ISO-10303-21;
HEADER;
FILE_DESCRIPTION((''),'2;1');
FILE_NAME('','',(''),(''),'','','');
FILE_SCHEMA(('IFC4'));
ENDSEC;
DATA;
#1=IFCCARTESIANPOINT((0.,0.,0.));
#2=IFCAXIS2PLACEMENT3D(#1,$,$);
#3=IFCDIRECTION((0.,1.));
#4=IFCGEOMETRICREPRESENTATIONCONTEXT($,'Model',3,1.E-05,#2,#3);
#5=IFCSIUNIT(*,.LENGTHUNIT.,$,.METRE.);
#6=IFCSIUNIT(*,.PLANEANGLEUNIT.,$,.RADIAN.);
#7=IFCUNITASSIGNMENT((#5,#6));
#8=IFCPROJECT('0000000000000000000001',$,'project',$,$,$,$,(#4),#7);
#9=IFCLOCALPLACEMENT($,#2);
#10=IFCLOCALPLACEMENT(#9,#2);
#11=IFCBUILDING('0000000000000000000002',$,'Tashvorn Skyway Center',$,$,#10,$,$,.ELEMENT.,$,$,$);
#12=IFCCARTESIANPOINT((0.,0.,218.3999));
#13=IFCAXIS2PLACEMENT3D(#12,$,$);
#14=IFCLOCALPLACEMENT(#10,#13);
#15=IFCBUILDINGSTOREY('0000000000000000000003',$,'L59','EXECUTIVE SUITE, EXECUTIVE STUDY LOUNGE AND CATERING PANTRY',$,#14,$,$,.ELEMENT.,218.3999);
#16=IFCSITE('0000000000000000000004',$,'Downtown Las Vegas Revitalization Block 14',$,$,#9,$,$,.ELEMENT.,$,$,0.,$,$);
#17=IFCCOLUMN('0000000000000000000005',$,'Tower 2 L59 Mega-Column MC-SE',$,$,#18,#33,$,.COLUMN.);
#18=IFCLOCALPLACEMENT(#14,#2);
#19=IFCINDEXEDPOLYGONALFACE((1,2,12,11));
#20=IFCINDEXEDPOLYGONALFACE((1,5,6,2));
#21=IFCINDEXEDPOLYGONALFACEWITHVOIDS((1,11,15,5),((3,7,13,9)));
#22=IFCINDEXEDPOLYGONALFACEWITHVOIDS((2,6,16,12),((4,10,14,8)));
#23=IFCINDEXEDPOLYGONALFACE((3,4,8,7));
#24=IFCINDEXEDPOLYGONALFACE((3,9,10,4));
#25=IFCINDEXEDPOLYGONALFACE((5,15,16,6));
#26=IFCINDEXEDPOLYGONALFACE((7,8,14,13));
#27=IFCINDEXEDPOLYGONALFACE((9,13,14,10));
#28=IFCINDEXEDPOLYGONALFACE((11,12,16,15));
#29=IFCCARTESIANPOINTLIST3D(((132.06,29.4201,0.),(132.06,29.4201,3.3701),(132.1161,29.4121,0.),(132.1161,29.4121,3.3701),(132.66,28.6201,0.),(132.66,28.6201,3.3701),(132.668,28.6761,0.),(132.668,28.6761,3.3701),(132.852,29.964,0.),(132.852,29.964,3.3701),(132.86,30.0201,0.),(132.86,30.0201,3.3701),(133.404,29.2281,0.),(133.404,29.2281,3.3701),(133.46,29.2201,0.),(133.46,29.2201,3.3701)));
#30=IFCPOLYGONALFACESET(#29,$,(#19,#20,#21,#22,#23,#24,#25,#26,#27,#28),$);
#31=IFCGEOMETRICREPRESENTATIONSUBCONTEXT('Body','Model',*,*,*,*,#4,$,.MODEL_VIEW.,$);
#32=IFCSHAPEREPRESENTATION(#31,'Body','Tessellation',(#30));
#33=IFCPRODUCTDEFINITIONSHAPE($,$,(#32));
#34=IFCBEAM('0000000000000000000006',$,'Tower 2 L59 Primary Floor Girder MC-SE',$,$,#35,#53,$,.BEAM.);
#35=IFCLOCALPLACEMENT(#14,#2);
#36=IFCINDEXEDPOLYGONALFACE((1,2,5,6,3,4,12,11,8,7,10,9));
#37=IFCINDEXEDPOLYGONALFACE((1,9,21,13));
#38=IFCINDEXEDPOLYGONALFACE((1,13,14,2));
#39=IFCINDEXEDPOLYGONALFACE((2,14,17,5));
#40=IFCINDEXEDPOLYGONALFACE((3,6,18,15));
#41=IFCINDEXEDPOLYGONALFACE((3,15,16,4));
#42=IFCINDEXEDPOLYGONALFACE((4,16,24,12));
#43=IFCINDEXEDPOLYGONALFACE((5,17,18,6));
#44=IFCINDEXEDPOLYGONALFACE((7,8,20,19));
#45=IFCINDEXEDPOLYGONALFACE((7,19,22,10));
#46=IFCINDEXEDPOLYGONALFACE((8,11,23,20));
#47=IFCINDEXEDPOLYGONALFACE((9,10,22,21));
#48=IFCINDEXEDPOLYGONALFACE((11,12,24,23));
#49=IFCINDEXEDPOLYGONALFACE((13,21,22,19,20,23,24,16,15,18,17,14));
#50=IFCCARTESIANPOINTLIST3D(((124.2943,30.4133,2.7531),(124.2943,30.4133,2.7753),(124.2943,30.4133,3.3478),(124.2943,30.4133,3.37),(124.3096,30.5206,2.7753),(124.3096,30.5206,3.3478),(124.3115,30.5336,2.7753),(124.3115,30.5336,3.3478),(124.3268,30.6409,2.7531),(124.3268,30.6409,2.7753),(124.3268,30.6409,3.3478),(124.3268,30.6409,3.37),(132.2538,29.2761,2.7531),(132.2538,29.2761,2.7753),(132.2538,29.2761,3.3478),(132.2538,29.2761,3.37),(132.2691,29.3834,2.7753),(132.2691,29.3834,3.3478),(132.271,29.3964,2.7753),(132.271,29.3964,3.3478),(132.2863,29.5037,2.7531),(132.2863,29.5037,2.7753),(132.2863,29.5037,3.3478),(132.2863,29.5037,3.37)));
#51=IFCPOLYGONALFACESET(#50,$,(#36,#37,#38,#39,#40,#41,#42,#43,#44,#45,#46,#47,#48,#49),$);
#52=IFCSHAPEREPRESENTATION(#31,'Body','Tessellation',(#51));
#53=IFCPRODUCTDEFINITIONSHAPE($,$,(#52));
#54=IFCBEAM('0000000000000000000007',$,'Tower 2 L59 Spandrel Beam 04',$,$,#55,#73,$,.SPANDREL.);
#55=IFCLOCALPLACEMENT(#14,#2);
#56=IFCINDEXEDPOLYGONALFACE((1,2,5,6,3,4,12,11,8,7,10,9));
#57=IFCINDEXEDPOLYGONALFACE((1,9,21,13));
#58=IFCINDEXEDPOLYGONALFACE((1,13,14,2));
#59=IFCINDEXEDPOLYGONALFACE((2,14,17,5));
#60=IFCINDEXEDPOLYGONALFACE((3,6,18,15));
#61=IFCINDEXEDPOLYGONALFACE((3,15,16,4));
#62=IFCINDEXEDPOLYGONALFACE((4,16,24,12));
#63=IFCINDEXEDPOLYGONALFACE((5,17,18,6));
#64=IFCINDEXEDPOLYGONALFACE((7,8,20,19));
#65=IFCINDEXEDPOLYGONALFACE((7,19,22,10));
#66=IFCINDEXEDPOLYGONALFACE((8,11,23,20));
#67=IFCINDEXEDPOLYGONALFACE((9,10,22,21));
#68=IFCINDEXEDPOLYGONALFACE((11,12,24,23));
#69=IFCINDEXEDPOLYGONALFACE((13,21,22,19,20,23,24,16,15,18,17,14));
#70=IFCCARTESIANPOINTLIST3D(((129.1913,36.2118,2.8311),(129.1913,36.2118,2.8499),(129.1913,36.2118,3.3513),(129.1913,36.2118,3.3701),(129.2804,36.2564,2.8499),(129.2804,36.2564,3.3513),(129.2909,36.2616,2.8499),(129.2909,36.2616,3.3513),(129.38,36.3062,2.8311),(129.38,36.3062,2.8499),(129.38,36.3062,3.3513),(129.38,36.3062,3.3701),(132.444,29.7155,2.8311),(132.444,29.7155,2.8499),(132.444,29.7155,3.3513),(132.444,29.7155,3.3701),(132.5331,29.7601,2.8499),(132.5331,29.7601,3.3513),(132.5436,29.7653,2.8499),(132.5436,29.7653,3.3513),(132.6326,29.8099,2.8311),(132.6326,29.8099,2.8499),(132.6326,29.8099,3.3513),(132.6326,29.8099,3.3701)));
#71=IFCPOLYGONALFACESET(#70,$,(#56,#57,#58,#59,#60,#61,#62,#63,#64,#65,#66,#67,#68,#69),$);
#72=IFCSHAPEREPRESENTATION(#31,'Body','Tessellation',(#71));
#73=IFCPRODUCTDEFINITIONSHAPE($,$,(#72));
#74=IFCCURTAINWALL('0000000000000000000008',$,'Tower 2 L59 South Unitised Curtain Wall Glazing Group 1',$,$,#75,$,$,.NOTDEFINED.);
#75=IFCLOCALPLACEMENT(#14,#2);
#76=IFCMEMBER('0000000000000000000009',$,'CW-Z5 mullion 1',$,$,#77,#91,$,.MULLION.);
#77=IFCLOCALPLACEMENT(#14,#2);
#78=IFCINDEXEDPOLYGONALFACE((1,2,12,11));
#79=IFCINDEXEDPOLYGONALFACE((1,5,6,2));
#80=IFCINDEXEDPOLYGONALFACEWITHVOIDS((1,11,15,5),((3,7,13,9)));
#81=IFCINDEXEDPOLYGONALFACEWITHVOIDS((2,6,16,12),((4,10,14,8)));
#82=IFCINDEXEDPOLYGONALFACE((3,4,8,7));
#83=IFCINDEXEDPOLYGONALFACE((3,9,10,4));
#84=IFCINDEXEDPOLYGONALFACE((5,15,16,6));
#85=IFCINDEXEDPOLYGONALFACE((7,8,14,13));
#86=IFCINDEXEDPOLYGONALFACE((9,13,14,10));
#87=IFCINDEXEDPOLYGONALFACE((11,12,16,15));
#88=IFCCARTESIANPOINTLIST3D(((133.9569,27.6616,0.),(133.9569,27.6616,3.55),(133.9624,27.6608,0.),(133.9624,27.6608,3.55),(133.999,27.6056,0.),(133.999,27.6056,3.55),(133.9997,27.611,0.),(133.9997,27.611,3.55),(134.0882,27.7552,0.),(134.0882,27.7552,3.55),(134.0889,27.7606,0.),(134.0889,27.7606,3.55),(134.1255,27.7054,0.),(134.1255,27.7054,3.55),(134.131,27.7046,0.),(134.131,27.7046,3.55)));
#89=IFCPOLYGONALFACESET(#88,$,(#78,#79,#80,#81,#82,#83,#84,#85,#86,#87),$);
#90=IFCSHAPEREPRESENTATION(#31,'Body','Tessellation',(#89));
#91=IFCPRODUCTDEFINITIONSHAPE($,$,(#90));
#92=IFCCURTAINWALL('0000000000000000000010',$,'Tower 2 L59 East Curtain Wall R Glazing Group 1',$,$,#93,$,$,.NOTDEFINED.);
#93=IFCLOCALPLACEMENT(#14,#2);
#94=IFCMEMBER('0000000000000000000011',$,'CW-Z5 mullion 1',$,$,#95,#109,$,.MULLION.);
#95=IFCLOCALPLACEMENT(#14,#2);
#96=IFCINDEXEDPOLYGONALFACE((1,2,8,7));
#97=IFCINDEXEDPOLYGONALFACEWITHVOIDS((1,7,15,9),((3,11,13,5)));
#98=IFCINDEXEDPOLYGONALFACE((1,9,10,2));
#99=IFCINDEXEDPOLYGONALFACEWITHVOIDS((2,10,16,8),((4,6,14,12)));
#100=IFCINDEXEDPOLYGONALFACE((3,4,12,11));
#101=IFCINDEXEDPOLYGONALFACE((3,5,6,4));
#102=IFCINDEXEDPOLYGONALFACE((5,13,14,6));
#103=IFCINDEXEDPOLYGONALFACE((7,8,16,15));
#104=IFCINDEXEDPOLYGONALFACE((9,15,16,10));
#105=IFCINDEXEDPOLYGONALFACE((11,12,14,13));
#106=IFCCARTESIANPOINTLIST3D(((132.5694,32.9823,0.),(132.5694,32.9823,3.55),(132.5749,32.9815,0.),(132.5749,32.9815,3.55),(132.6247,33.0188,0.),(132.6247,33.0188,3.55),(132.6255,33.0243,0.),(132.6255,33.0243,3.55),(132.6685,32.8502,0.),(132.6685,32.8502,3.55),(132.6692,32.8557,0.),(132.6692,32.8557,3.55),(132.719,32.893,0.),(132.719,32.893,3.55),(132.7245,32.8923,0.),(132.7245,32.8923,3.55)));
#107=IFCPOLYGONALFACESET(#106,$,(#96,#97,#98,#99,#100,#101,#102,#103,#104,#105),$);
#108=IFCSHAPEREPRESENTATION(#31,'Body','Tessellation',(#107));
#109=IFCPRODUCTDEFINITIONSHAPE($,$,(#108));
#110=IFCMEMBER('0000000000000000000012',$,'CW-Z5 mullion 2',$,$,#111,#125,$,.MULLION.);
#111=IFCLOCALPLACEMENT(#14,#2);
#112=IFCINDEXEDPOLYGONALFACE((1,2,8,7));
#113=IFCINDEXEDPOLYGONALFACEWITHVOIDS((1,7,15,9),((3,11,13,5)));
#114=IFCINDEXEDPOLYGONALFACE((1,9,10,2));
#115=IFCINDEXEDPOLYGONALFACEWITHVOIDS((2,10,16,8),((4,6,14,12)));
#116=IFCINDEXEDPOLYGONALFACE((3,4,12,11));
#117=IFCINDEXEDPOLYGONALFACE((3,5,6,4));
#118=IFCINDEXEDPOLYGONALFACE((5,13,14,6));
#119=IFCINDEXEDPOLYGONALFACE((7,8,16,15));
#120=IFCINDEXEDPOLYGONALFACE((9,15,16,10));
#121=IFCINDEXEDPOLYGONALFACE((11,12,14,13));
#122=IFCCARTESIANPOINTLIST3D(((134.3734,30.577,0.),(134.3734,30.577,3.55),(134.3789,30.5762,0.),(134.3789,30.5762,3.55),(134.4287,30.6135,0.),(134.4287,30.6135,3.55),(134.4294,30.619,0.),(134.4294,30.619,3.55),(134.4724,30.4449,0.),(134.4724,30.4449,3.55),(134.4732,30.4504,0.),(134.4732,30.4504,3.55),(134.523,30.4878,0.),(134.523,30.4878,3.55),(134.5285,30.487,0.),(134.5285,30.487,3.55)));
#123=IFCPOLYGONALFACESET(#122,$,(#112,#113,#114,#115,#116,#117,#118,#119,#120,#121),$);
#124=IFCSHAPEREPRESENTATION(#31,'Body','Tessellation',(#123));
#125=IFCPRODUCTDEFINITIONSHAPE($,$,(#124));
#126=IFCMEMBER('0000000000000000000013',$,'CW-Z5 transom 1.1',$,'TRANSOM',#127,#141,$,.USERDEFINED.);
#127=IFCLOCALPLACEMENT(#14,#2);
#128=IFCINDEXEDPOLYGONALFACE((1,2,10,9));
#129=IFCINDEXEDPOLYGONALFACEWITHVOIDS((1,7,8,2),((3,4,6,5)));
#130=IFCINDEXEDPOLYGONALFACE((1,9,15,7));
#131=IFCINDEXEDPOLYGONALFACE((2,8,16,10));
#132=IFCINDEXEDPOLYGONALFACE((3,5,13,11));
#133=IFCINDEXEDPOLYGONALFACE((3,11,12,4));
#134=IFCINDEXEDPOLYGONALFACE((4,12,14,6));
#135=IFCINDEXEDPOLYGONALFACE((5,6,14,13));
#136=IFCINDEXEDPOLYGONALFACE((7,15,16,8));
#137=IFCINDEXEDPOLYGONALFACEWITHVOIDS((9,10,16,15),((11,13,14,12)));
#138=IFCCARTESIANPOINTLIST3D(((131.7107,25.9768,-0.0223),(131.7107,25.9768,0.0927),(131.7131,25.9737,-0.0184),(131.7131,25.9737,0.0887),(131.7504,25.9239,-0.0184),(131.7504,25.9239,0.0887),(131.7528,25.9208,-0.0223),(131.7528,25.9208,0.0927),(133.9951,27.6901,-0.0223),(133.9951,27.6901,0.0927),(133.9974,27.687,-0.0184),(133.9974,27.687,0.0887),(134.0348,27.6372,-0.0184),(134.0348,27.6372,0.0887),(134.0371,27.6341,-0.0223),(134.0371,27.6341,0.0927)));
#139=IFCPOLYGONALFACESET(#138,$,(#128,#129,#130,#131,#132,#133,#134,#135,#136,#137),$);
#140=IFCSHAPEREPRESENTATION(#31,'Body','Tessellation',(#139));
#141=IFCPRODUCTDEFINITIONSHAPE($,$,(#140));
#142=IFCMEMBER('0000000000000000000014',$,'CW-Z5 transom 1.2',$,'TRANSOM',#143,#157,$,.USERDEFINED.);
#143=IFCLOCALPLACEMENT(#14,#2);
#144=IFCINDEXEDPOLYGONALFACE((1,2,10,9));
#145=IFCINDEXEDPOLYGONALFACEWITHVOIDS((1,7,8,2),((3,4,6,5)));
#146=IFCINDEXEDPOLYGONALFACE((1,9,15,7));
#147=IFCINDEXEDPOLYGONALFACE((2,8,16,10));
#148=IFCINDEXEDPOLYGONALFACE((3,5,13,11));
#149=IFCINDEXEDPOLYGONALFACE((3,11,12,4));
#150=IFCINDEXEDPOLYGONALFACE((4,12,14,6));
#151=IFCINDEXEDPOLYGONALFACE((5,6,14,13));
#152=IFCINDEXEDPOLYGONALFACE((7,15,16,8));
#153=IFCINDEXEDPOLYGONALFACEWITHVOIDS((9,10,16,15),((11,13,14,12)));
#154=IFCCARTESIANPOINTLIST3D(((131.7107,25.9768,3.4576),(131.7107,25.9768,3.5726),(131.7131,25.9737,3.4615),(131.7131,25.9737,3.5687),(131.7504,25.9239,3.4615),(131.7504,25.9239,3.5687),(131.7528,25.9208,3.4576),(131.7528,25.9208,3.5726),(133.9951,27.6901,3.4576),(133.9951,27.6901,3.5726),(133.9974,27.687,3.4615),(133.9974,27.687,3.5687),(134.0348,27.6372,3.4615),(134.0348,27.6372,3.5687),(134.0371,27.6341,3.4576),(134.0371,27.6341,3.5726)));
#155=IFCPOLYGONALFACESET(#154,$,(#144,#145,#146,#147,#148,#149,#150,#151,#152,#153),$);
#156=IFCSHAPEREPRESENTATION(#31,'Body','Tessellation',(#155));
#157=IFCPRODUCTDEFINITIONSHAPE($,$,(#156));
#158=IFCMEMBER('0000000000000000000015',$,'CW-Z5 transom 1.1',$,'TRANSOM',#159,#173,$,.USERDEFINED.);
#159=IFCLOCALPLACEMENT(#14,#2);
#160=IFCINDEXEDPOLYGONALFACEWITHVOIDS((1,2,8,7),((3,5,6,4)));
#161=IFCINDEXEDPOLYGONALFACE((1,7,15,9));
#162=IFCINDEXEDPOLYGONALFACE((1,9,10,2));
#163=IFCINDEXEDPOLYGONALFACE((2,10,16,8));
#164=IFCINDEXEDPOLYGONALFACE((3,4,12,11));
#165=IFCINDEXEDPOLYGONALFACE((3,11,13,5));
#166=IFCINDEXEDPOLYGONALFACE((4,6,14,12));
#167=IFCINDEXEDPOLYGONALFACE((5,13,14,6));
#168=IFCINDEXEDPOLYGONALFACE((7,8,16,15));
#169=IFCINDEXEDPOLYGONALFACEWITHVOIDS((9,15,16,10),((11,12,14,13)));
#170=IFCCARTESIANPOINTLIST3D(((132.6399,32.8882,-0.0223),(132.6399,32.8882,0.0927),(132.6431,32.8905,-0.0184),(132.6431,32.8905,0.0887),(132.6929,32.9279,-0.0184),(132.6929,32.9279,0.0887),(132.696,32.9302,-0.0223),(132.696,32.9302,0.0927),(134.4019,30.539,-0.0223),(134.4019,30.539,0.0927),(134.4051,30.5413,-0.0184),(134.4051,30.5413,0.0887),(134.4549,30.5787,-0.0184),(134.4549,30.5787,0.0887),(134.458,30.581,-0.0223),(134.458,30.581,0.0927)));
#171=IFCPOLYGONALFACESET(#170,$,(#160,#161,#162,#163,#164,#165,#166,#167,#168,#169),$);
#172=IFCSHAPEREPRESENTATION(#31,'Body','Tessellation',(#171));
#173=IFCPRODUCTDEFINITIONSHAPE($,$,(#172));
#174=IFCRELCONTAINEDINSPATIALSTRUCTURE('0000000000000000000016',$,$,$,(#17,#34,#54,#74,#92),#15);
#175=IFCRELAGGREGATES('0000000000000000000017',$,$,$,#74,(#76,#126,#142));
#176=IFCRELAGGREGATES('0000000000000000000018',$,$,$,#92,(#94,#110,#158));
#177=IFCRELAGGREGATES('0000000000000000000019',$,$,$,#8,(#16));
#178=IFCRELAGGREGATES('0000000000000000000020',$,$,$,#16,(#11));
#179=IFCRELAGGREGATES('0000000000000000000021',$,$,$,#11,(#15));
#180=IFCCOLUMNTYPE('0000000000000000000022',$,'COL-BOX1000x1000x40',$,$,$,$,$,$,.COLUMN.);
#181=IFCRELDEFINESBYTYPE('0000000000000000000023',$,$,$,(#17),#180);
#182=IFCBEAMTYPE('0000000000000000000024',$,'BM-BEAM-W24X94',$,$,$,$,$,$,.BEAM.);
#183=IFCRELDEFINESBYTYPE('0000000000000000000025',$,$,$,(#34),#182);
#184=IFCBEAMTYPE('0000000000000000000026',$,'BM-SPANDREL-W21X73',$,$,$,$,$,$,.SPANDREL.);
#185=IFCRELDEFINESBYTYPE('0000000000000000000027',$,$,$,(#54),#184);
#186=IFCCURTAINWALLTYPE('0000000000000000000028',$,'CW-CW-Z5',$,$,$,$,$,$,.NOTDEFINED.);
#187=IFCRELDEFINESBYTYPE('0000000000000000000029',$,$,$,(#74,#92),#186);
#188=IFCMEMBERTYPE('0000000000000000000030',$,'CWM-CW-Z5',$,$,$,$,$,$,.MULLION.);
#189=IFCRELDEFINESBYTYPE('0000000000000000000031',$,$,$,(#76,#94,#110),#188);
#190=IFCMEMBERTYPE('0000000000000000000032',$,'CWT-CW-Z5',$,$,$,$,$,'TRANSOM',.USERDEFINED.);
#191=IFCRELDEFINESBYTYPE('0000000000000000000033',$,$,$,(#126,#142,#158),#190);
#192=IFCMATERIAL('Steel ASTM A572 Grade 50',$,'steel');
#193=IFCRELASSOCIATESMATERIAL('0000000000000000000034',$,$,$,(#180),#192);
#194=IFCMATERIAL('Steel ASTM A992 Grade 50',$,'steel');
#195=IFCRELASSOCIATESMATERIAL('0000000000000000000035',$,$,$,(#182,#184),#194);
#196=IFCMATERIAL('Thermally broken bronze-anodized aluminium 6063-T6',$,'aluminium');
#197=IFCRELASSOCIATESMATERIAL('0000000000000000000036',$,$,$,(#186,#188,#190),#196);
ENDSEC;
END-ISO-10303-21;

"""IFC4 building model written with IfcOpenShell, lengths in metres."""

from ifc_helpers import new_model, si_unit, direction, frame, origin, origin_2d, place, context, subcontext, project, spatial, hollow_rectangle, i_section, extrude, material, material_profile, profile_set, type_object, element, aggregate, save


model = new_model("IFC4")

# Units and contexts
model_context = context("Model", 3, precision=1e-05, world=origin(), true_north=direction((0.0, 1.0)))
body_context = subcontext(model_context, "Body", "Model", "MODEL_VIEW")
ifc_project = project(units=[si_unit("LENGTHUNIT", "METRE"), si_unit("PLANEANGLEUNIT", "RADIAN")], contexts=[model_context])

# Site, building, storey
site_placement = place(None, origin())
site = spatial("IfcSite", under=ifc_project, at=site_placement, Name="Downtown Las Vegas Revitalization Block 14", CompositionType="ELEMENT", RefElevation=0.0)
building_placement = place(site_placement, origin())
building = spatial("IfcBuilding", under=site, at=building_placement, Name="Tashvorn Skyway Center", CompositionType="ELEMENT")
storey_placement = place(building_placement, frame((0.0, 0.0, 218.3999)))
storey = spatial("IfcBuildingStorey", under=building, at=storey_placement, Name="L59", Description="EXECUTIVE SUITE, EXECUTIVE STUDY LOUNGE AND CATERING PANTRY", CompositionType="ELEMENT", Elevation=218.3999)

# Column
ifc_material_1 = material(Name="Steel ASTM A572 Grade 50", Category="steel")
ifc_material_profile_1 = material_profile(ifc_material_1, hollow_rectangle(XDim=1.0, YDim=1.0, WallThickness=0.04, at=origin_2d()), Name="BOX1000x1000x40")
ifc_profile_set_1 = profile_set([ifc_material_profile_1], Name="Steel ASTM A572 Grade 50")
column_type = type_object("IfcColumnType", Name="COL-BOX1000x1000x40", PredefinedType="COLUMN", material=ifc_profile_set_1)
column_placement = place(storey_placement, frame((132.76, 29.3201, 0.0), z_axis=(0.0, 0.0, 1.0), x_axis=(0.8, 0.6, 0.0)))
element("IfcColumn", 1, at=column_placement, inside=storey, type_object=column_type, Name="Tower 2 L59 Mega-Column MC-SE", PredefinedType="COLUMN", context=body_context, shape_type="SweptSolid", body=[
    extrude(hollow_rectangle(XDim=1.0, YDim=1.0, WallThickness=0.04, at=origin_2d()), origin(), (0.0, 0.0, 1.0), 3.3701),
])

# Beams
ifc_material_2 = material(Name="Steel ASTM A992 Grade 50", Category="steel")
ifc_material_profile_2 = material_profile(ifc_material_2, i_section(OverallWidth=0.23, OverallDepth=0.6169, WebThickness=0.0132, FlangeThickness=0.0222, at=origin_2d()), Name="W24X94")
ifc_profile_set_2 = profile_set([ifc_material_profile_2], Name="Steel ASTM A992 Grade 50")
beam_type_1 = type_object("IfcBeamType", Name="BM-BEAM-W24X94", PredefinedType="BEAM", material=ifc_profile_set_2)
beam_1_placement = place(storey_placement, frame((132.27, 29.3899, 3.0615), z_axis=(-0.989947, 0.141438, 0.0), x_axis=(-0.141438, -0.989947, 0.0)))
element("IfcBeam", 2, at=beam_1_placement, inside=storey, type_object=beam_type_1, Name="Tower 2 L59 Primary Floor Girder MC-SE", PredefinedType="BEAM", context=body_context, shape_type="SweptSolid", body=[
    extrude(i_section(OverallWidth=0.23, OverallDepth=0.6169, WebThickness=0.0132, FlangeThickness=0.0222, at=origin_2d()), origin(), (0.0, 0.0, 1.0), 8.0403),
])
ifc_material_profile_3 = material_profile(ifc_material_2, i_section(OverallWidth=0.2109, OverallDepth=0.5391, WebThickness=0.0117, FlangeThickness=0.0188, at=origin_2d()), Name="W21X73")
ifc_profile_set_3 = profile_set([ifc_material_profile_3], Name="Steel ASTM A992 Grade 50")
beam_type_2 = type_object("IfcBeamType", Name="BM-SPANDREL-W21X73", PredefinedType="SPANDREL", material=ifc_profile_set_3)
beam_2_placement = place(storey_placement, frame((132.5383, 29.7627, 3.1006), z_axis=(-0.447711, 0.894178, 0.0), x_axis=(-0.894178, -0.447711, 0.0)))
element("IfcBeam", 3, at=beam_2_placement, inside=storey, type_object=beam_type_2, Name="Tower 2 L59 Spandrel Beam 04", PredefinedType="SPANDREL", context=body_context, shape_type="SweptSolid", body=[
    extrude(i_section(OverallWidth=0.2109, OverallDepth=0.5391, WebThickness=0.0117, FlangeThickness=0.0188, at=origin_2d()), origin(), (0.0, 0.0, 1.0), 7.2651),
])

# Curtain wall, member
ifc_material_3 = material(Name="Thermally broken bronze-anodized aluminium 6063-T6", Category="aluminium")
curtain_wall_type = type_object("IfcCurtainWallType", Name="CW-CW-Z5", PredefinedType="NOTDEFINED", material=ifc_material_3)
curtain_wall_1_placement = place(storey_placement, origin())
curtain_wall_1 = element("IfcCurtainWall", 4, at=curtain_wall_1_placement, inside=storey, type_object=curtain_wall_type, Name="Tower 2 L59 South Unitised Curtain Wall Glazing Group 1", PredefinedType="NOTDEFINED")
ifc_material_profile_4 = material_profile(ifc_material_3, hollow_rectangle(XDim=0.0701, YDim=0.165, WallThickness=0.0039, at=origin_2d()), Name="ALU-MULL-70x165")
ifc_profile_set_4 = profile_set([ifc_material_profile_4], Name="Thermally broken bronze-anodized aluminium 6063-T6")
member_type_1 = type_object("IfcMemberType", Name="CWM-CW-Z5", PredefinedType="MULLION", material=ifc_profile_set_4)
member_1_placement = place(storey_placement, frame((134.0439, 27.6831, 0.0), z_axis=(0.0, 0.0, 1.0), x_axis=(0.6, -0.8, 0.0)))
member_1 = element("IfcMember", 5, at=member_1_placement, type_object=member_type_1, Name="CW-Z5 mullion 1", PredefinedType="MULLION", context=body_context, shape_type="SweptSolid", body=[
    extrude(hollow_rectangle(XDim=0.0701, YDim=0.165, WallThickness=0.0039, at=origin_2d()), origin(), (0.0, 0.0, 1.0), 3.55),
])

# Curtain wall, members
curtain_wall_2_placement = place(storey_placement, origin())
curtain_wall_2 = element("IfcCurtainWall", 6, at=curtain_wall_2_placement, inside=storey, type_object=curtain_wall_type, Name="Tower 2 L59 East Curtain Wall R Glazing Group 1", PredefinedType="NOTDEFINED")
member_2_placement = place(storey_placement, frame((132.647, 32.9373, 0.0), z_axis=(0.0, 0.0, 1.0), x_axis=(0.799996, 0.600005, 0.0)))
member_2 = element("IfcMember", 7, at=member_2_placement, type_object=member_type_1, Name="CW-Z5 mullion 1", PredefinedType="MULLION", context=body_context, shape_type="SweptSolid", body=[
    extrude(hollow_rectangle(XDim=0.0701, YDim=0.165, WallThickness=0.0039, at=origin_2d()), origin(), (0.0, 0.0, 1.0), 3.55),
])
member_3_placement = place(storey_placement, frame((134.4509, 30.532, 0.0), z_axis=(0.0, 0.0, 1.0), x_axis=(0.799996, 0.600005, 0.0)))
member_3 = element("IfcMember", 8, at=member_3_placement, type_object=member_type_1, Name="CW-Z5 mullion 2", PredefinedType="MULLION", context=body_context, shape_type="SweptSolid", body=[
    extrude(hollow_rectangle(XDim=0.0701, YDim=0.165, WallThickness=0.0039, at=origin_2d()), origin(), (0.0, 0.0, 1.0), 3.55),
])

# Members
ifc_material_profile_5 = material_profile(ifc_material_3, hollow_rectangle(XDim=0.0701, YDim=0.115, WallThickness=0.0039, at=origin_2d()), Name="ALU-TRAN-70x115")
ifc_profile_set_5 = profile_set([ifc_material_profile_5], Name="Thermally broken bronze-anodized aluminium 6063-T6")
member_type_2 = type_object("IfcMemberType", Name="CWT-CW-Z5", ElementType="TRANSOM", PredefinedType="USERDEFINED", material=ifc_profile_set_5)
member_4_placement = place(storey_placement, frame((134.0161, 27.6621, 0.0352), z_axis=(-0.79999, -0.600014, 0.0), x_axis=(0.600014, -0.79999, 0.0)))
member_4 = element("IfcMember", 9, at=member_4_placement, type_object=member_type_2, Name="CW-Z5 transom 1.1", ObjectType="TRANSOM", PredefinedType="USERDEFINED", context=body_context, shape_type="SweptSolid", body=[
    extrude(hollow_rectangle(XDim=0.0701, YDim=0.115, WallThickness=0.0039, at=origin_2d()), origin(), (0.0, 0.0, 1.0), 2.8555),
])
member_5_placement = place(storey_placement, frame((134.0161, 27.6621, 3.5151), z_axis=(-0.79999, -0.600014, 0.0), x_axis=(0.600014, -0.79999, 0.0)))
member_5 = element("IfcMember", 10, at=member_5_placement, type_object=member_type_2, Name="CW-Z5 transom 1.2", ObjectType="TRANSOM", PredefinedType="USERDEFINED", context=body_context, shape_type="SweptSolid", body=[
    extrude(hollow_rectangle(XDim=0.0701, YDim=0.115, WallThickness=0.0039, at=origin_2d()), origin(), (0.0, 0.0, 1.0), 2.8555),
])
member_6_placement = place(storey_placement, frame((132.668, 32.9092, 0.0352), z_axis=(0.600027, -0.79998, 0.0), x_axis=(0.79998, 0.600027, 0.0)))
member_6 = element("IfcMember", 11, at=member_6_placement, type_object=member_type_2, Name="CW-Z5 transom 1.1", ObjectType="TRANSOM", PredefinedType="USERDEFINED", context=body_context, shape_type="SweptSolid", body=[
    extrude(hollow_rectangle(XDim=0.0701, YDim=0.115, WallThickness=0.0039, at=origin_2d()), origin(), (0.0, 0.0, 1.0), 2.9365),
])

aggregate(curtain_wall_1, [member_1, member_4, member_5])
aggregate(curtain_wall_2, [member_2, member_3, member_6])

save(model, "model.ifc")
